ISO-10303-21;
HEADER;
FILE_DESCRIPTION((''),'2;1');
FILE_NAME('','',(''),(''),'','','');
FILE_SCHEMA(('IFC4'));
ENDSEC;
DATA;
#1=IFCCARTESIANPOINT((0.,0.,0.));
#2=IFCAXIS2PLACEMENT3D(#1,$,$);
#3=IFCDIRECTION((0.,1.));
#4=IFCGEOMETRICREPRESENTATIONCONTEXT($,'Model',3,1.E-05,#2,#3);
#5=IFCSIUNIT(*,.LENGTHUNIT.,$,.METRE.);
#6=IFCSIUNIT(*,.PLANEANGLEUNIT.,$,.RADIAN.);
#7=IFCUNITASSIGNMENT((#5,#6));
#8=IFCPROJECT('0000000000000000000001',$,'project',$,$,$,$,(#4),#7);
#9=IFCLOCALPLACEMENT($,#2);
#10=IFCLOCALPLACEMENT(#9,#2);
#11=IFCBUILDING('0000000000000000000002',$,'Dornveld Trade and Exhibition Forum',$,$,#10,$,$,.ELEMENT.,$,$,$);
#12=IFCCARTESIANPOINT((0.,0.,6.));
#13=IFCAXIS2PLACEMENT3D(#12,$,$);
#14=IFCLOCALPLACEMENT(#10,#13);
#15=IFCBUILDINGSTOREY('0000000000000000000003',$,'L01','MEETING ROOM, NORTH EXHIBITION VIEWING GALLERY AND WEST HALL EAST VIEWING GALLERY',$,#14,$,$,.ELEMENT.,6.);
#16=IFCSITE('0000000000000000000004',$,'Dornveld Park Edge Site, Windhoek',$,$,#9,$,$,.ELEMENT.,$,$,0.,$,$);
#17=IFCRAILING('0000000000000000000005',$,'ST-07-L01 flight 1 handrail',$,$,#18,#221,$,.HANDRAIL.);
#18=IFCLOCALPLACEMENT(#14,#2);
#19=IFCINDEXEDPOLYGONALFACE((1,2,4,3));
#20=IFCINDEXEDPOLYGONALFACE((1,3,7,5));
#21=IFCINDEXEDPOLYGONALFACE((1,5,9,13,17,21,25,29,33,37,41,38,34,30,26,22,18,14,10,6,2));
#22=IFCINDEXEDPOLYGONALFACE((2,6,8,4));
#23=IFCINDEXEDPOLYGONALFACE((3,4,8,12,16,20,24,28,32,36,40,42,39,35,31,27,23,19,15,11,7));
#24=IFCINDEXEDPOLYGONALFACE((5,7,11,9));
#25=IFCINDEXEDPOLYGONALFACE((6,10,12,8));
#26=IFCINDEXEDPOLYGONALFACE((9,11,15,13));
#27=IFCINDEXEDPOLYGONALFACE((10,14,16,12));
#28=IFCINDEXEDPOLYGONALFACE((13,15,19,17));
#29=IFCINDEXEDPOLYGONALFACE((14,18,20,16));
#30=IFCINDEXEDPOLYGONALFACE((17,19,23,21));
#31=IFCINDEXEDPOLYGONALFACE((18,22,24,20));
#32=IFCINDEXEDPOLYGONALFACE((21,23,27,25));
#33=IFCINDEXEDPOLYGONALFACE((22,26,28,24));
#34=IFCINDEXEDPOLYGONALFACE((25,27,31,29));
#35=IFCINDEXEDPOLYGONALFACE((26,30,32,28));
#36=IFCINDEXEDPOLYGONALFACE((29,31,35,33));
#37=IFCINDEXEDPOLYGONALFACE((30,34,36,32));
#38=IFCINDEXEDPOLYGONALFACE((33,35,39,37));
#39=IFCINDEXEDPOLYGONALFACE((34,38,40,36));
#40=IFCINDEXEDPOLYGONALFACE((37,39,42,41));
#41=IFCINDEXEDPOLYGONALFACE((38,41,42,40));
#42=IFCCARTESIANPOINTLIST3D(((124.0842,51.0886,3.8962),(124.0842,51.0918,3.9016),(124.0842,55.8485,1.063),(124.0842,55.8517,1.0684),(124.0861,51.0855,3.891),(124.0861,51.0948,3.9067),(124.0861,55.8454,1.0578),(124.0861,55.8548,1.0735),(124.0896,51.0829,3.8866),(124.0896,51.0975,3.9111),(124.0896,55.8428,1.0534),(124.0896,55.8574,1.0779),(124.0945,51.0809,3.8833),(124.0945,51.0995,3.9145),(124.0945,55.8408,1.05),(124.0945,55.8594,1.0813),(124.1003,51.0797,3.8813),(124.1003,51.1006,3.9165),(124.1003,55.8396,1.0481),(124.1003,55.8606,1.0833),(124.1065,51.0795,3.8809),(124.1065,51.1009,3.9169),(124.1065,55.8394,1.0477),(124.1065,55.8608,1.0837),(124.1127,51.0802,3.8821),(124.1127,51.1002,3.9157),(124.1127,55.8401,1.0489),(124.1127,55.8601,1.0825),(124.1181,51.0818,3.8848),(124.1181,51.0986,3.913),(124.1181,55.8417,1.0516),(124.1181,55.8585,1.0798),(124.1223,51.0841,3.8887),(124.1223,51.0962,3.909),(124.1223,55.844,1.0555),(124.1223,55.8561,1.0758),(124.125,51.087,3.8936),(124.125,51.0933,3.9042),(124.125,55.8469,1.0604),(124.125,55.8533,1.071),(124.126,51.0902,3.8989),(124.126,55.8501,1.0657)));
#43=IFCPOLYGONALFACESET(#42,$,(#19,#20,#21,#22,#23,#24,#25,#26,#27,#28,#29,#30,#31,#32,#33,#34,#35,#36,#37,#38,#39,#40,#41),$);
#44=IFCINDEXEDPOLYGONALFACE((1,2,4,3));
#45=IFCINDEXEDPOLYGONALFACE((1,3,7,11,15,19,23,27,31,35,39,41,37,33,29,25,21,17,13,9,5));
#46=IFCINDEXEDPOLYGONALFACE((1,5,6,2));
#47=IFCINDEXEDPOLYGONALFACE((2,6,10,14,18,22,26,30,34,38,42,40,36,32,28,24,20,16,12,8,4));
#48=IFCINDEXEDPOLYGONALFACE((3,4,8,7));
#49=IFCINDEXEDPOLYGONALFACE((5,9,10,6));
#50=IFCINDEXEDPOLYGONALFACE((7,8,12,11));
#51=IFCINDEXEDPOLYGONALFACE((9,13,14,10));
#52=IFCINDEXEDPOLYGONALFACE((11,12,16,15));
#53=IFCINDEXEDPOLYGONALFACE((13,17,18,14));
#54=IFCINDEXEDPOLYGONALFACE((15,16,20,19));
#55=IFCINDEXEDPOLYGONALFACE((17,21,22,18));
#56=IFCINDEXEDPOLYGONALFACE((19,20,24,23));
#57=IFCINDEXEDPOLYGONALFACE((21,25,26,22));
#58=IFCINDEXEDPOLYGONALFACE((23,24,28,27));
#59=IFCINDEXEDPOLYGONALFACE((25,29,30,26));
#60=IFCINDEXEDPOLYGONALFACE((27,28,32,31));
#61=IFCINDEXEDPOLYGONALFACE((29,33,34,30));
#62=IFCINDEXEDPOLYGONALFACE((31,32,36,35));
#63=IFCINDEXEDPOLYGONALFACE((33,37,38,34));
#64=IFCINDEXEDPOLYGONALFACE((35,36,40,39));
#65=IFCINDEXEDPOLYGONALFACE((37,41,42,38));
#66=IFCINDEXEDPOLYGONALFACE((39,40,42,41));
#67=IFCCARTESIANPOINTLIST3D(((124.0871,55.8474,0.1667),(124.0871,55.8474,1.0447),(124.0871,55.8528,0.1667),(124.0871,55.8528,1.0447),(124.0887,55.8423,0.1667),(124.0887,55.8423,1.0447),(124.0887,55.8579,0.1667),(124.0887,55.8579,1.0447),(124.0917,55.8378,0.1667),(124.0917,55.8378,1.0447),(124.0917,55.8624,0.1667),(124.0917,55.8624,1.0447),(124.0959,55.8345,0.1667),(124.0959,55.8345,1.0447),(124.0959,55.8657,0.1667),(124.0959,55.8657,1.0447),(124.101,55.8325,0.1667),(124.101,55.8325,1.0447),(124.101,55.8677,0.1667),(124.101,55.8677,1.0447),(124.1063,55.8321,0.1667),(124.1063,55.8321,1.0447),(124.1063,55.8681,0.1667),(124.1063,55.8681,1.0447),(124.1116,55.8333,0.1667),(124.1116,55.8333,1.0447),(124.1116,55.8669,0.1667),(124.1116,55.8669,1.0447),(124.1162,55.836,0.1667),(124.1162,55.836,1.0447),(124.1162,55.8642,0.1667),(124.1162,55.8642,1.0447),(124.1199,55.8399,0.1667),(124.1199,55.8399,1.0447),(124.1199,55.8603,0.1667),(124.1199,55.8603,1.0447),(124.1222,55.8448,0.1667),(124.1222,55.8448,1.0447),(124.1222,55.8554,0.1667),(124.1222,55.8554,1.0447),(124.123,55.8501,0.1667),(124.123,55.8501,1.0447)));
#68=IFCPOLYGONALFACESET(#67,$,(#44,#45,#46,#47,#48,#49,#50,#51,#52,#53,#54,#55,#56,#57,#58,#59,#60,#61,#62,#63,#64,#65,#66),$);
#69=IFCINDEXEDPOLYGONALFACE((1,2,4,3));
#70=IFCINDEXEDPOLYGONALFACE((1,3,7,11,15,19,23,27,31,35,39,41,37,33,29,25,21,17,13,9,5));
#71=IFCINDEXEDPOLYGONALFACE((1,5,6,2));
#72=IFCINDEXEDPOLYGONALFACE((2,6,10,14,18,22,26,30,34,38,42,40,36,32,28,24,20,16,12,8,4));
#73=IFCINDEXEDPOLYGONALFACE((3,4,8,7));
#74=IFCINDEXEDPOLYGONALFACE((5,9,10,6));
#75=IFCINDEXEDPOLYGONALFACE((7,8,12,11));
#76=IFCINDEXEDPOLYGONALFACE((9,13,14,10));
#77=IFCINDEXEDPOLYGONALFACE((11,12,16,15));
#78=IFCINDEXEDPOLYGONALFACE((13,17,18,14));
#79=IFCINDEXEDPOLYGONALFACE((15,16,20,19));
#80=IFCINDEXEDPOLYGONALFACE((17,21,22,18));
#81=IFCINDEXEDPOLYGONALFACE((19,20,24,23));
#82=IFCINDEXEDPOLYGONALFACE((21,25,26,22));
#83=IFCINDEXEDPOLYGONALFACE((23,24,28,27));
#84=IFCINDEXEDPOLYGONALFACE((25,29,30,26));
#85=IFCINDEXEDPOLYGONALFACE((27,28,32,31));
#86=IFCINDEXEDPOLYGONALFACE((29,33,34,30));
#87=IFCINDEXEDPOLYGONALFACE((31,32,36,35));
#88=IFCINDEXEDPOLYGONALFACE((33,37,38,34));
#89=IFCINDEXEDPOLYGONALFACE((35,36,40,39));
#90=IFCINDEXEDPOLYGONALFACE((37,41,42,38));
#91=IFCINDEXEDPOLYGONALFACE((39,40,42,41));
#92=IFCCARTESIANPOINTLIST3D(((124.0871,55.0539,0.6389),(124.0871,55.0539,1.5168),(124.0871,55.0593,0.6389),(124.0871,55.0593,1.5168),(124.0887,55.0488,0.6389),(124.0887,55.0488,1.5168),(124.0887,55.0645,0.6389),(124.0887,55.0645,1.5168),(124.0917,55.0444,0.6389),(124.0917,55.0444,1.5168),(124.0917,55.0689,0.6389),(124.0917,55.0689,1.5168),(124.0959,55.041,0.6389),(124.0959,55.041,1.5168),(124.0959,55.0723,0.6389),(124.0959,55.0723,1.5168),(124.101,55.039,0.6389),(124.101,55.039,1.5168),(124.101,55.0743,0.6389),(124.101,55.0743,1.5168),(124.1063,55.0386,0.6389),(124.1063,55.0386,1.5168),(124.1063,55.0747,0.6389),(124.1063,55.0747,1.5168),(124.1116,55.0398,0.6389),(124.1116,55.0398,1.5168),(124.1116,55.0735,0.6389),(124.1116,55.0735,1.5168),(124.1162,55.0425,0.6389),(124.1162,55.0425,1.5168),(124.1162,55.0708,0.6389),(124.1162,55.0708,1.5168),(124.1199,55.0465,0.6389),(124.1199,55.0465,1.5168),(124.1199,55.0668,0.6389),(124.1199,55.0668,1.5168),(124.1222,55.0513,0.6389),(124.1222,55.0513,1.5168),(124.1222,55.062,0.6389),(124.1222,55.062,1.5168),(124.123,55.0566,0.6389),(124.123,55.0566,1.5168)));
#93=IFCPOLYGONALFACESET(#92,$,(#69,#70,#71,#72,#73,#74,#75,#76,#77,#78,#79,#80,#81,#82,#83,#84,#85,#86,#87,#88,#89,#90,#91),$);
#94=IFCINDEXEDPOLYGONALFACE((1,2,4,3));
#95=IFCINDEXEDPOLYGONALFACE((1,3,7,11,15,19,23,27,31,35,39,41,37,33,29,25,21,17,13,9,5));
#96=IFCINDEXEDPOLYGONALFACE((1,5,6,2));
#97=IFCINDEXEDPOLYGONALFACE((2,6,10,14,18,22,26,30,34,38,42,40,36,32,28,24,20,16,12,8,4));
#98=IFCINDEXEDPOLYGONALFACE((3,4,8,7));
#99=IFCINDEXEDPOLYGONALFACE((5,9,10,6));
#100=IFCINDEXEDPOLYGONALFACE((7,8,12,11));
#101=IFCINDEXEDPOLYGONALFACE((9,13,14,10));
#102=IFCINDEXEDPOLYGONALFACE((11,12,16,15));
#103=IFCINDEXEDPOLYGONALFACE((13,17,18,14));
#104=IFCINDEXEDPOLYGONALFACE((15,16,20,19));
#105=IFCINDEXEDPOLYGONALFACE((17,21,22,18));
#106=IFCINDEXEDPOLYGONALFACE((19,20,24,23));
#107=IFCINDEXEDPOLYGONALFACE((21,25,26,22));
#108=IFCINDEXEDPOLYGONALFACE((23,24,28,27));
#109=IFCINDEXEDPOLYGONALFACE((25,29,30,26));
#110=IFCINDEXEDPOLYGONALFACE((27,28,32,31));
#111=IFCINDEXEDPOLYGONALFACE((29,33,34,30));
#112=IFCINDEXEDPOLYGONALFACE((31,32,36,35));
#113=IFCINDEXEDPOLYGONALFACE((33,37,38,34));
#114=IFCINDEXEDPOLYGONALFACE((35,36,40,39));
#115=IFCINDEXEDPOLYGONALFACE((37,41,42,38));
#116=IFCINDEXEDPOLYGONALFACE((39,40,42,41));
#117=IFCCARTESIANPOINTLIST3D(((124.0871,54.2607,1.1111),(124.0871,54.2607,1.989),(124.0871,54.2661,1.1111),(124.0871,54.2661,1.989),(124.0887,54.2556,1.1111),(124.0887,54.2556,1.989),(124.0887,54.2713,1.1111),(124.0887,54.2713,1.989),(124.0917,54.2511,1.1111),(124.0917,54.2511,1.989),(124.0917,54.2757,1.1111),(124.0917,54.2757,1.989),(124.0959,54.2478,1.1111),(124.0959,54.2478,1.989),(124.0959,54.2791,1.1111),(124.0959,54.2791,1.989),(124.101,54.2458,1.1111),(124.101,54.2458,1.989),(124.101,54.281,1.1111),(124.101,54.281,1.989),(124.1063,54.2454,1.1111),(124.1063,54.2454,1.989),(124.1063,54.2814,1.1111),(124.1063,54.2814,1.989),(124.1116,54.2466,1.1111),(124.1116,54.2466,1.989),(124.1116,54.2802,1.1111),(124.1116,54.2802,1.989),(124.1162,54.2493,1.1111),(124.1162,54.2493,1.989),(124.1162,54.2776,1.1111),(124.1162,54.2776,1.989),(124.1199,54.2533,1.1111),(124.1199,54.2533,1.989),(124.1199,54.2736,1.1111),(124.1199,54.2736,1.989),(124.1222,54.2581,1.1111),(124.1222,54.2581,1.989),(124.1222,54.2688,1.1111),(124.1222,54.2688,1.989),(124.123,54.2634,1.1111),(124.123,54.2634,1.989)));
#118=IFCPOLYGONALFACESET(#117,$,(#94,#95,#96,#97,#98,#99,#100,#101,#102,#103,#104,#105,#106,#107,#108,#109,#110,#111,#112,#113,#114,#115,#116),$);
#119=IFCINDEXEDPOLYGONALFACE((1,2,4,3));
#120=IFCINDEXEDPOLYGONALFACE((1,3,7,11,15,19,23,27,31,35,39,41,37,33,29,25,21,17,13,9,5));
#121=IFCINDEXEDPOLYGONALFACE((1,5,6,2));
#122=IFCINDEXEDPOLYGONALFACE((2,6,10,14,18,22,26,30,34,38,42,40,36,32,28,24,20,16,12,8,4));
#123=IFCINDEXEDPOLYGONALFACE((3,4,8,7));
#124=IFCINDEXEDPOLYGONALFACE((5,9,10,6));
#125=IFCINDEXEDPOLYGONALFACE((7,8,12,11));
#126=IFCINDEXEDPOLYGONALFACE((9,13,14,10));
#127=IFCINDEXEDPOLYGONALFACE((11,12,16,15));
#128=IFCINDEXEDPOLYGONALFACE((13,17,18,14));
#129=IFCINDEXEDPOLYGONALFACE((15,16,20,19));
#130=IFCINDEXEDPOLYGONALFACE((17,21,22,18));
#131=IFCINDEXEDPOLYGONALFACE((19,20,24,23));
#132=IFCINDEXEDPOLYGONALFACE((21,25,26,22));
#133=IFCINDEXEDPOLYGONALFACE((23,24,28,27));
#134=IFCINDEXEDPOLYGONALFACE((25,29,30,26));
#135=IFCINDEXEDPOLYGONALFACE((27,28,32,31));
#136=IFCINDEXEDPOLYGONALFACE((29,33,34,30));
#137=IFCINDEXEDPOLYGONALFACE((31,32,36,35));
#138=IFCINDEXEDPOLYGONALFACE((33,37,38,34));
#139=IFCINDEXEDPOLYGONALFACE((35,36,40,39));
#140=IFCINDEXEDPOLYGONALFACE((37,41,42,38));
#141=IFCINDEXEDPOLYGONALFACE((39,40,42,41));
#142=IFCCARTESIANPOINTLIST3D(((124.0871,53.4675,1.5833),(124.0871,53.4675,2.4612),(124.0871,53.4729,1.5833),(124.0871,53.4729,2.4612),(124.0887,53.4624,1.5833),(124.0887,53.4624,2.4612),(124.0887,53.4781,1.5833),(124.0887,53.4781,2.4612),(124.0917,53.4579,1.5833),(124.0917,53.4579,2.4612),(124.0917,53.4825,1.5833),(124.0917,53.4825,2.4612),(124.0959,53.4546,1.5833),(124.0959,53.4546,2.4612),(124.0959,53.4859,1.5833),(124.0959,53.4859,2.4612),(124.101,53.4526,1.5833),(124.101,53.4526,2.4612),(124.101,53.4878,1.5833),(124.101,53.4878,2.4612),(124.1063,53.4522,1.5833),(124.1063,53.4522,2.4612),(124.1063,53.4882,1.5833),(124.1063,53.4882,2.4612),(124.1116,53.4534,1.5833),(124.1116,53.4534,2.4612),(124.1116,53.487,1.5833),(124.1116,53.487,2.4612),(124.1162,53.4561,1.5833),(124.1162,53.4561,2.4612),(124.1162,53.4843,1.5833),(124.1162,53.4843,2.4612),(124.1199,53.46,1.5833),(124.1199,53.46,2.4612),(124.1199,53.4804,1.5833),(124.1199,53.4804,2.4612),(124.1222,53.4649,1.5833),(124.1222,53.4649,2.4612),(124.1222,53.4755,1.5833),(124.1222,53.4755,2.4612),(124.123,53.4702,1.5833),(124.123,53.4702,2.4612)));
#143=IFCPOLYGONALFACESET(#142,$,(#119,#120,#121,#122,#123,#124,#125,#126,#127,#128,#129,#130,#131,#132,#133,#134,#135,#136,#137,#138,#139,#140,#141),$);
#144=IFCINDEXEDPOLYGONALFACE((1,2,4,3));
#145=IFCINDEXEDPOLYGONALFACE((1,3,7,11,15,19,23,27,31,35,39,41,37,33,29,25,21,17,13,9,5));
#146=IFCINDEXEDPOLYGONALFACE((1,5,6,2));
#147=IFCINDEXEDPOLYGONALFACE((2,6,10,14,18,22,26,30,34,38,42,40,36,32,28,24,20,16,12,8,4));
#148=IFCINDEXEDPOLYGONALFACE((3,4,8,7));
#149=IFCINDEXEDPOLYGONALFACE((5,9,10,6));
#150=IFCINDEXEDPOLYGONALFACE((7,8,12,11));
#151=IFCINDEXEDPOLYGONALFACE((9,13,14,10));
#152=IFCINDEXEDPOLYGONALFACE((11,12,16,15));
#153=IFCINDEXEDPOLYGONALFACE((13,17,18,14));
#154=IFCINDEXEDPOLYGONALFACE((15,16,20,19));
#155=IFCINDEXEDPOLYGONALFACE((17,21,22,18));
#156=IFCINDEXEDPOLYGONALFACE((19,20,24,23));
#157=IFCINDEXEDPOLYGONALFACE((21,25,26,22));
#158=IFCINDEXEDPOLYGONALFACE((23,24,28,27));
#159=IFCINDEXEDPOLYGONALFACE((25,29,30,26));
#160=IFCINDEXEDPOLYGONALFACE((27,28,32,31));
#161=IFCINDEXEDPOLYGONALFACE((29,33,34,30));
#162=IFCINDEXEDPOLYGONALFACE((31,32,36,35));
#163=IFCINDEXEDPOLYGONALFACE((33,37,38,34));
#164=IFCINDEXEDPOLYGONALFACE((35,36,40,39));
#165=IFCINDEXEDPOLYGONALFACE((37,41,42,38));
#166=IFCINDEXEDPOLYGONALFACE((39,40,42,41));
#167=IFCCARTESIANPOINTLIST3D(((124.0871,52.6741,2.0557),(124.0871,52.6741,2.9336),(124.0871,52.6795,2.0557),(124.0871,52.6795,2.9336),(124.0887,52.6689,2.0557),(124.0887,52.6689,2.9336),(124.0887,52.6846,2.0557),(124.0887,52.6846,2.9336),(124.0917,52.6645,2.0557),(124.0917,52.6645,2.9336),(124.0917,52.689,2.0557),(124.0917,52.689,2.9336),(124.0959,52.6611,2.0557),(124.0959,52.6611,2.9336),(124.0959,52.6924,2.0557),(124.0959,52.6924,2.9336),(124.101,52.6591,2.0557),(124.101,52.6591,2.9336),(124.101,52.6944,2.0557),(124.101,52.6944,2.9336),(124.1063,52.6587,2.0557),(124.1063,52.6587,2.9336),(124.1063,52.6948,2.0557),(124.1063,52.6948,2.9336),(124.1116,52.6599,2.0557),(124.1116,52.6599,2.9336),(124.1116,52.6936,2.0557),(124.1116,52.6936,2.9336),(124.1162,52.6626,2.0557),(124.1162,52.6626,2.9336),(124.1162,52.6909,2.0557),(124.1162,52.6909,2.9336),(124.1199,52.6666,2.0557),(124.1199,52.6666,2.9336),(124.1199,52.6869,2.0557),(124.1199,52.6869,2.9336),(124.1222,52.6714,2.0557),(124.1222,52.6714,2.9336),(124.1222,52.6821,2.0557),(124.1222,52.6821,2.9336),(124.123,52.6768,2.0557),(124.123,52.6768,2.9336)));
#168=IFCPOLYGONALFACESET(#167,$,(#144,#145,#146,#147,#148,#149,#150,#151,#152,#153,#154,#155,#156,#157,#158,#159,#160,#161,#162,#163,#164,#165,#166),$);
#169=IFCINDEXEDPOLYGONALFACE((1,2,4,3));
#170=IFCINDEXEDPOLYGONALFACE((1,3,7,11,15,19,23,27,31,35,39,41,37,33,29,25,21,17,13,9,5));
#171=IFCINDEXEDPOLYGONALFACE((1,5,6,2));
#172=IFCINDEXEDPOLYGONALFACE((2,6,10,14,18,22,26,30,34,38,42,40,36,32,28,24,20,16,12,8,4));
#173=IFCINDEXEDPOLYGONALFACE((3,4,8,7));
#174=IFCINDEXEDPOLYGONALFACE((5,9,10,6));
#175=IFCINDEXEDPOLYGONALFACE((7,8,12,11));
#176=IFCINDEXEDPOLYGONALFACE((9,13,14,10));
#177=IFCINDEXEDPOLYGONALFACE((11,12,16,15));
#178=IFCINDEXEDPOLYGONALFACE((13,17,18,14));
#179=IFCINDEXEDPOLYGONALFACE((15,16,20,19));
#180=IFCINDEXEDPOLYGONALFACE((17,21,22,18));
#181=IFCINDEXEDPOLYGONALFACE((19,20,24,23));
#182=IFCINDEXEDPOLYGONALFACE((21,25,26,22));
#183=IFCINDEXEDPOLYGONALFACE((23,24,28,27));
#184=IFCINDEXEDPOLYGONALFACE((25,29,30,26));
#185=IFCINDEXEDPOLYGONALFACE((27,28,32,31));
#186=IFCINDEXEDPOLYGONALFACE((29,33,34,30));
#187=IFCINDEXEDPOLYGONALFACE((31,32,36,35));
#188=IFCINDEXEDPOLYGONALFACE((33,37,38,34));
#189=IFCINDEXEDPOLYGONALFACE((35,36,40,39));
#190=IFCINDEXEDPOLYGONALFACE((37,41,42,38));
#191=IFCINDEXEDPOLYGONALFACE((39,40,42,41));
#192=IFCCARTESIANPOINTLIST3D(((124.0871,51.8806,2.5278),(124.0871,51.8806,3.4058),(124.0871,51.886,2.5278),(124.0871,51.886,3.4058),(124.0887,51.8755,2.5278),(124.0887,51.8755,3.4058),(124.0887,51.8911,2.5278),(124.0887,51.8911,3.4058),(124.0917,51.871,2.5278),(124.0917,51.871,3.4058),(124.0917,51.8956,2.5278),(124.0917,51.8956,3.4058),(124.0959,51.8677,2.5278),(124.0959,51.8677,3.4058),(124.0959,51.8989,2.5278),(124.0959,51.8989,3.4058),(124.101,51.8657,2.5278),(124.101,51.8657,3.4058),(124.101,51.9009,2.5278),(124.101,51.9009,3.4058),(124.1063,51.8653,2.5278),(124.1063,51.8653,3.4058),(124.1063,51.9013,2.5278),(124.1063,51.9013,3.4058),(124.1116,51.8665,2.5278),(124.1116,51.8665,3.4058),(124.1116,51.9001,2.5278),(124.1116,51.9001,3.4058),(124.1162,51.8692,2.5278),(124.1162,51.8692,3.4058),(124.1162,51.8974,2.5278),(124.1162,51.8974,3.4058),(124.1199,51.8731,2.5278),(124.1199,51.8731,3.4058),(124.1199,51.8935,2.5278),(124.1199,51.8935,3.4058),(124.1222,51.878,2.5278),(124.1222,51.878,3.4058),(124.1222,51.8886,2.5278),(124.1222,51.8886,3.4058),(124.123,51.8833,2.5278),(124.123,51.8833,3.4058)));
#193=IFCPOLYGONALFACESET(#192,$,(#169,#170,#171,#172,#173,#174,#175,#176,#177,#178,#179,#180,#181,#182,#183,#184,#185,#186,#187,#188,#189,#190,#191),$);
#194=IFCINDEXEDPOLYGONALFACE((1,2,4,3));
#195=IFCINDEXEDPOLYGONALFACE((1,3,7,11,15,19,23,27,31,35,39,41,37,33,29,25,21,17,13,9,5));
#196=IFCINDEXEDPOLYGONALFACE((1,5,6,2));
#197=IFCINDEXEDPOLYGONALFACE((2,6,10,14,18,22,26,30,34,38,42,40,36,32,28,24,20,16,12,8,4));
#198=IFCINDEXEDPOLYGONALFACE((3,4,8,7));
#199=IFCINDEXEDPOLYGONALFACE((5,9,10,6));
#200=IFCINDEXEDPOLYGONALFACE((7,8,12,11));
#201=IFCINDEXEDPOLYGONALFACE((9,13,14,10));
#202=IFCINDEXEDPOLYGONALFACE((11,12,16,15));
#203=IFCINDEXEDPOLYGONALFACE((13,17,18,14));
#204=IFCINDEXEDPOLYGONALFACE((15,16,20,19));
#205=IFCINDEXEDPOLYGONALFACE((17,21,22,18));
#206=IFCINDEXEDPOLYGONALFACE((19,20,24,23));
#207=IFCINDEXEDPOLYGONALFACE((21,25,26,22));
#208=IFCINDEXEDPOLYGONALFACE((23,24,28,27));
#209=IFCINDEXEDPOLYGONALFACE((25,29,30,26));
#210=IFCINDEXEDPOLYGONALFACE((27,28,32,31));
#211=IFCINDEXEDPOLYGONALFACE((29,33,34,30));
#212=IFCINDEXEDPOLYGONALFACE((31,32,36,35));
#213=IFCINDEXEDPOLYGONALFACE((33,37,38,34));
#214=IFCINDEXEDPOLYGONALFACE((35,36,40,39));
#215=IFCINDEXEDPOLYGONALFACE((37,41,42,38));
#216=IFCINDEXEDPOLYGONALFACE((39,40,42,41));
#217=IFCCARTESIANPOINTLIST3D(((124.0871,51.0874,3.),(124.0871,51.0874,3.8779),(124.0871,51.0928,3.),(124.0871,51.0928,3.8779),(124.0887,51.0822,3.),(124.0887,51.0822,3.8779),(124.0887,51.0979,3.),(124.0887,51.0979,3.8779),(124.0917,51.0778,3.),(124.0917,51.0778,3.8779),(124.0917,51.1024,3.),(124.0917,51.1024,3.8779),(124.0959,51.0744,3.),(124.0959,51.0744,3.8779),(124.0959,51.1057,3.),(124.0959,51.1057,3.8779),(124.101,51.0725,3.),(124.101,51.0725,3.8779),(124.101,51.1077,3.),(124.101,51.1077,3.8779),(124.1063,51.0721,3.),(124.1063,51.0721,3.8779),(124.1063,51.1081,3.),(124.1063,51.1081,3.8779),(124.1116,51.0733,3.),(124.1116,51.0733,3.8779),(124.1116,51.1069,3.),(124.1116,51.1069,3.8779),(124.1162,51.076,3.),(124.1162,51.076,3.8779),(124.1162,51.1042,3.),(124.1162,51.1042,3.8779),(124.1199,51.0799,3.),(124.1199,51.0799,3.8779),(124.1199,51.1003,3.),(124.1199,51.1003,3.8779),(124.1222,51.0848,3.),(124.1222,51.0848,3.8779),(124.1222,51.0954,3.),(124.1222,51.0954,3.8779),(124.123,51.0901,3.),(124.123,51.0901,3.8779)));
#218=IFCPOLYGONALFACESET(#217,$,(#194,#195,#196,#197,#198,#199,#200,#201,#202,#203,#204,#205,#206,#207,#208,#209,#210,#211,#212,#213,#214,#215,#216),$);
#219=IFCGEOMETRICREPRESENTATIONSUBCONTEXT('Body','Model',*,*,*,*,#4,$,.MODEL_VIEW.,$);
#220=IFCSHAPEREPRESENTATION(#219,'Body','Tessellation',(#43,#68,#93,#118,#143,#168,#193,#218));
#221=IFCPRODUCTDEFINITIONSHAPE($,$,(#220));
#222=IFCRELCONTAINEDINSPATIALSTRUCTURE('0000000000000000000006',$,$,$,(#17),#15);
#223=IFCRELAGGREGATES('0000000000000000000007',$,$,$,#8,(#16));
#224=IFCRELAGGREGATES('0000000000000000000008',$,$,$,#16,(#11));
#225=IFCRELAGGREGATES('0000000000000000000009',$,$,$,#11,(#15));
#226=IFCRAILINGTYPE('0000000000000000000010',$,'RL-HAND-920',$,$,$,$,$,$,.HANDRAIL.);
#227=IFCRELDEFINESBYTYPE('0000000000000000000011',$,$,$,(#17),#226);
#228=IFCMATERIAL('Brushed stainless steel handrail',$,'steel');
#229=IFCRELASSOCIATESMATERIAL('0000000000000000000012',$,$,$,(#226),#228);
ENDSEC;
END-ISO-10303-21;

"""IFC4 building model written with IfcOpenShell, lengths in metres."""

from ifc_helpers import new_model, si_unit, direction, frame, origin, origin_2d, place, context, subcontext, project, spatial, circle, extrude, material, type_object, element, save


model = new_model("IFC4")

# Units and contexts
model_context = context("Model", 3, precision=1e-05, world=origin(), true_north=direction((0.0, 1.0)))
body_context = subcontext(model_context, "Body", "Model", "MODEL_VIEW")
ifc_project = project(units=[si_unit("LENGTHUNIT", "METRE"), si_unit("PLANEANGLEUNIT", "RADIAN")], contexts=[model_context])

# Site, building, storey
site_placement = place(None, origin())
site = spatial("IfcSite", under=ifc_project, at=site_placement, Name="Dornveld Park Edge Site, Windhoek", CompositionType="ELEMENT", RefElevation=0.0)
building_placement = place(site_placement, origin())
building = spatial("IfcBuilding", under=site, at=building_placement, Name="Dornveld Trade and Exhibition Forum", CompositionType="ELEMENT")
storey_placement = place(building_placement, frame((0.0, 0.0, 6.0)))
storey = spatial("IfcBuildingStorey", under=building, at=storey_placement, Name="L01", Description="MEETING ROOM, NORTH EXHIBITION VIEWING GALLERY AND WEST HALL EAST VIEWING GALLERY", CompositionType="ELEMENT", Elevation=6.0)

# Railing
ifc_material_1 = material(Name="Brushed stainless steel handrail", Category="steel")
railing_type_1 = type_object("IfcRailingType", Name="RL-HAND-920", PredefinedType="HANDRAIL", material=ifc_material_1)
railing_1_placement = place(storey_placement, frame((124.105, 55.8501, 0.1667)))
element("IfcRailing", 1, at=railing_1_placement, inside=storey, type_object=railing_type_1, Name="ST-07-L01 flight 1 handrail", PredefinedType="HANDRAIL", context=body_context, shape_type="SweptSolid", body=[
    extrude(circle(Radius=0.021, at=origin_2d()), frame((0.0, 0.0, 0.8989), z_axis=(0.0, -0.8593, 0.511472), x_axis=(1.0, 0.0, 0.0)), (0.0, 0.0, 1.0), 5.5393),
    extrude(circle(Radius=0.0181, at=origin_2d()), origin(), (0.0, 0.0, 1.0), 0.8779),
    extrude(circle(Radius=0.0181, at=origin_2d()), frame((0.0, -0.7935, 0.4722)), (0.0, 0.0, 1.0), 0.8779),
    extrude(circle(Radius=0.0181, at=origin_2d()), frame((0.0, -1.5867, 0.9443)), (0.0, 0.0, 1.0), 0.8779),
    extrude(circle(Radius=0.0181, at=origin_2d()), frame((0.0, -2.3799, 1.4165)), (0.0, 0.0, 1.0), 0.8779),
    extrude(circle(Radius=0.0181, at=origin_2d()), frame((0.0, -3.1733, 1.8889)), (0.0, 0.0, 1.0), 0.8779),
    extrude(circle(Radius=0.0181, at=origin_2d()), frame((0.0, -3.9668, 2.3611)), (0.0, 0.0, 1.0), 0.8779),
    extrude(circle(Radius=0.0181, at=origin_2d()), frame((0.0, -4.76, 2.8333)), (0.0, 0.0, 1.0), 0.8779),
])

save(model, "model.ifc")
